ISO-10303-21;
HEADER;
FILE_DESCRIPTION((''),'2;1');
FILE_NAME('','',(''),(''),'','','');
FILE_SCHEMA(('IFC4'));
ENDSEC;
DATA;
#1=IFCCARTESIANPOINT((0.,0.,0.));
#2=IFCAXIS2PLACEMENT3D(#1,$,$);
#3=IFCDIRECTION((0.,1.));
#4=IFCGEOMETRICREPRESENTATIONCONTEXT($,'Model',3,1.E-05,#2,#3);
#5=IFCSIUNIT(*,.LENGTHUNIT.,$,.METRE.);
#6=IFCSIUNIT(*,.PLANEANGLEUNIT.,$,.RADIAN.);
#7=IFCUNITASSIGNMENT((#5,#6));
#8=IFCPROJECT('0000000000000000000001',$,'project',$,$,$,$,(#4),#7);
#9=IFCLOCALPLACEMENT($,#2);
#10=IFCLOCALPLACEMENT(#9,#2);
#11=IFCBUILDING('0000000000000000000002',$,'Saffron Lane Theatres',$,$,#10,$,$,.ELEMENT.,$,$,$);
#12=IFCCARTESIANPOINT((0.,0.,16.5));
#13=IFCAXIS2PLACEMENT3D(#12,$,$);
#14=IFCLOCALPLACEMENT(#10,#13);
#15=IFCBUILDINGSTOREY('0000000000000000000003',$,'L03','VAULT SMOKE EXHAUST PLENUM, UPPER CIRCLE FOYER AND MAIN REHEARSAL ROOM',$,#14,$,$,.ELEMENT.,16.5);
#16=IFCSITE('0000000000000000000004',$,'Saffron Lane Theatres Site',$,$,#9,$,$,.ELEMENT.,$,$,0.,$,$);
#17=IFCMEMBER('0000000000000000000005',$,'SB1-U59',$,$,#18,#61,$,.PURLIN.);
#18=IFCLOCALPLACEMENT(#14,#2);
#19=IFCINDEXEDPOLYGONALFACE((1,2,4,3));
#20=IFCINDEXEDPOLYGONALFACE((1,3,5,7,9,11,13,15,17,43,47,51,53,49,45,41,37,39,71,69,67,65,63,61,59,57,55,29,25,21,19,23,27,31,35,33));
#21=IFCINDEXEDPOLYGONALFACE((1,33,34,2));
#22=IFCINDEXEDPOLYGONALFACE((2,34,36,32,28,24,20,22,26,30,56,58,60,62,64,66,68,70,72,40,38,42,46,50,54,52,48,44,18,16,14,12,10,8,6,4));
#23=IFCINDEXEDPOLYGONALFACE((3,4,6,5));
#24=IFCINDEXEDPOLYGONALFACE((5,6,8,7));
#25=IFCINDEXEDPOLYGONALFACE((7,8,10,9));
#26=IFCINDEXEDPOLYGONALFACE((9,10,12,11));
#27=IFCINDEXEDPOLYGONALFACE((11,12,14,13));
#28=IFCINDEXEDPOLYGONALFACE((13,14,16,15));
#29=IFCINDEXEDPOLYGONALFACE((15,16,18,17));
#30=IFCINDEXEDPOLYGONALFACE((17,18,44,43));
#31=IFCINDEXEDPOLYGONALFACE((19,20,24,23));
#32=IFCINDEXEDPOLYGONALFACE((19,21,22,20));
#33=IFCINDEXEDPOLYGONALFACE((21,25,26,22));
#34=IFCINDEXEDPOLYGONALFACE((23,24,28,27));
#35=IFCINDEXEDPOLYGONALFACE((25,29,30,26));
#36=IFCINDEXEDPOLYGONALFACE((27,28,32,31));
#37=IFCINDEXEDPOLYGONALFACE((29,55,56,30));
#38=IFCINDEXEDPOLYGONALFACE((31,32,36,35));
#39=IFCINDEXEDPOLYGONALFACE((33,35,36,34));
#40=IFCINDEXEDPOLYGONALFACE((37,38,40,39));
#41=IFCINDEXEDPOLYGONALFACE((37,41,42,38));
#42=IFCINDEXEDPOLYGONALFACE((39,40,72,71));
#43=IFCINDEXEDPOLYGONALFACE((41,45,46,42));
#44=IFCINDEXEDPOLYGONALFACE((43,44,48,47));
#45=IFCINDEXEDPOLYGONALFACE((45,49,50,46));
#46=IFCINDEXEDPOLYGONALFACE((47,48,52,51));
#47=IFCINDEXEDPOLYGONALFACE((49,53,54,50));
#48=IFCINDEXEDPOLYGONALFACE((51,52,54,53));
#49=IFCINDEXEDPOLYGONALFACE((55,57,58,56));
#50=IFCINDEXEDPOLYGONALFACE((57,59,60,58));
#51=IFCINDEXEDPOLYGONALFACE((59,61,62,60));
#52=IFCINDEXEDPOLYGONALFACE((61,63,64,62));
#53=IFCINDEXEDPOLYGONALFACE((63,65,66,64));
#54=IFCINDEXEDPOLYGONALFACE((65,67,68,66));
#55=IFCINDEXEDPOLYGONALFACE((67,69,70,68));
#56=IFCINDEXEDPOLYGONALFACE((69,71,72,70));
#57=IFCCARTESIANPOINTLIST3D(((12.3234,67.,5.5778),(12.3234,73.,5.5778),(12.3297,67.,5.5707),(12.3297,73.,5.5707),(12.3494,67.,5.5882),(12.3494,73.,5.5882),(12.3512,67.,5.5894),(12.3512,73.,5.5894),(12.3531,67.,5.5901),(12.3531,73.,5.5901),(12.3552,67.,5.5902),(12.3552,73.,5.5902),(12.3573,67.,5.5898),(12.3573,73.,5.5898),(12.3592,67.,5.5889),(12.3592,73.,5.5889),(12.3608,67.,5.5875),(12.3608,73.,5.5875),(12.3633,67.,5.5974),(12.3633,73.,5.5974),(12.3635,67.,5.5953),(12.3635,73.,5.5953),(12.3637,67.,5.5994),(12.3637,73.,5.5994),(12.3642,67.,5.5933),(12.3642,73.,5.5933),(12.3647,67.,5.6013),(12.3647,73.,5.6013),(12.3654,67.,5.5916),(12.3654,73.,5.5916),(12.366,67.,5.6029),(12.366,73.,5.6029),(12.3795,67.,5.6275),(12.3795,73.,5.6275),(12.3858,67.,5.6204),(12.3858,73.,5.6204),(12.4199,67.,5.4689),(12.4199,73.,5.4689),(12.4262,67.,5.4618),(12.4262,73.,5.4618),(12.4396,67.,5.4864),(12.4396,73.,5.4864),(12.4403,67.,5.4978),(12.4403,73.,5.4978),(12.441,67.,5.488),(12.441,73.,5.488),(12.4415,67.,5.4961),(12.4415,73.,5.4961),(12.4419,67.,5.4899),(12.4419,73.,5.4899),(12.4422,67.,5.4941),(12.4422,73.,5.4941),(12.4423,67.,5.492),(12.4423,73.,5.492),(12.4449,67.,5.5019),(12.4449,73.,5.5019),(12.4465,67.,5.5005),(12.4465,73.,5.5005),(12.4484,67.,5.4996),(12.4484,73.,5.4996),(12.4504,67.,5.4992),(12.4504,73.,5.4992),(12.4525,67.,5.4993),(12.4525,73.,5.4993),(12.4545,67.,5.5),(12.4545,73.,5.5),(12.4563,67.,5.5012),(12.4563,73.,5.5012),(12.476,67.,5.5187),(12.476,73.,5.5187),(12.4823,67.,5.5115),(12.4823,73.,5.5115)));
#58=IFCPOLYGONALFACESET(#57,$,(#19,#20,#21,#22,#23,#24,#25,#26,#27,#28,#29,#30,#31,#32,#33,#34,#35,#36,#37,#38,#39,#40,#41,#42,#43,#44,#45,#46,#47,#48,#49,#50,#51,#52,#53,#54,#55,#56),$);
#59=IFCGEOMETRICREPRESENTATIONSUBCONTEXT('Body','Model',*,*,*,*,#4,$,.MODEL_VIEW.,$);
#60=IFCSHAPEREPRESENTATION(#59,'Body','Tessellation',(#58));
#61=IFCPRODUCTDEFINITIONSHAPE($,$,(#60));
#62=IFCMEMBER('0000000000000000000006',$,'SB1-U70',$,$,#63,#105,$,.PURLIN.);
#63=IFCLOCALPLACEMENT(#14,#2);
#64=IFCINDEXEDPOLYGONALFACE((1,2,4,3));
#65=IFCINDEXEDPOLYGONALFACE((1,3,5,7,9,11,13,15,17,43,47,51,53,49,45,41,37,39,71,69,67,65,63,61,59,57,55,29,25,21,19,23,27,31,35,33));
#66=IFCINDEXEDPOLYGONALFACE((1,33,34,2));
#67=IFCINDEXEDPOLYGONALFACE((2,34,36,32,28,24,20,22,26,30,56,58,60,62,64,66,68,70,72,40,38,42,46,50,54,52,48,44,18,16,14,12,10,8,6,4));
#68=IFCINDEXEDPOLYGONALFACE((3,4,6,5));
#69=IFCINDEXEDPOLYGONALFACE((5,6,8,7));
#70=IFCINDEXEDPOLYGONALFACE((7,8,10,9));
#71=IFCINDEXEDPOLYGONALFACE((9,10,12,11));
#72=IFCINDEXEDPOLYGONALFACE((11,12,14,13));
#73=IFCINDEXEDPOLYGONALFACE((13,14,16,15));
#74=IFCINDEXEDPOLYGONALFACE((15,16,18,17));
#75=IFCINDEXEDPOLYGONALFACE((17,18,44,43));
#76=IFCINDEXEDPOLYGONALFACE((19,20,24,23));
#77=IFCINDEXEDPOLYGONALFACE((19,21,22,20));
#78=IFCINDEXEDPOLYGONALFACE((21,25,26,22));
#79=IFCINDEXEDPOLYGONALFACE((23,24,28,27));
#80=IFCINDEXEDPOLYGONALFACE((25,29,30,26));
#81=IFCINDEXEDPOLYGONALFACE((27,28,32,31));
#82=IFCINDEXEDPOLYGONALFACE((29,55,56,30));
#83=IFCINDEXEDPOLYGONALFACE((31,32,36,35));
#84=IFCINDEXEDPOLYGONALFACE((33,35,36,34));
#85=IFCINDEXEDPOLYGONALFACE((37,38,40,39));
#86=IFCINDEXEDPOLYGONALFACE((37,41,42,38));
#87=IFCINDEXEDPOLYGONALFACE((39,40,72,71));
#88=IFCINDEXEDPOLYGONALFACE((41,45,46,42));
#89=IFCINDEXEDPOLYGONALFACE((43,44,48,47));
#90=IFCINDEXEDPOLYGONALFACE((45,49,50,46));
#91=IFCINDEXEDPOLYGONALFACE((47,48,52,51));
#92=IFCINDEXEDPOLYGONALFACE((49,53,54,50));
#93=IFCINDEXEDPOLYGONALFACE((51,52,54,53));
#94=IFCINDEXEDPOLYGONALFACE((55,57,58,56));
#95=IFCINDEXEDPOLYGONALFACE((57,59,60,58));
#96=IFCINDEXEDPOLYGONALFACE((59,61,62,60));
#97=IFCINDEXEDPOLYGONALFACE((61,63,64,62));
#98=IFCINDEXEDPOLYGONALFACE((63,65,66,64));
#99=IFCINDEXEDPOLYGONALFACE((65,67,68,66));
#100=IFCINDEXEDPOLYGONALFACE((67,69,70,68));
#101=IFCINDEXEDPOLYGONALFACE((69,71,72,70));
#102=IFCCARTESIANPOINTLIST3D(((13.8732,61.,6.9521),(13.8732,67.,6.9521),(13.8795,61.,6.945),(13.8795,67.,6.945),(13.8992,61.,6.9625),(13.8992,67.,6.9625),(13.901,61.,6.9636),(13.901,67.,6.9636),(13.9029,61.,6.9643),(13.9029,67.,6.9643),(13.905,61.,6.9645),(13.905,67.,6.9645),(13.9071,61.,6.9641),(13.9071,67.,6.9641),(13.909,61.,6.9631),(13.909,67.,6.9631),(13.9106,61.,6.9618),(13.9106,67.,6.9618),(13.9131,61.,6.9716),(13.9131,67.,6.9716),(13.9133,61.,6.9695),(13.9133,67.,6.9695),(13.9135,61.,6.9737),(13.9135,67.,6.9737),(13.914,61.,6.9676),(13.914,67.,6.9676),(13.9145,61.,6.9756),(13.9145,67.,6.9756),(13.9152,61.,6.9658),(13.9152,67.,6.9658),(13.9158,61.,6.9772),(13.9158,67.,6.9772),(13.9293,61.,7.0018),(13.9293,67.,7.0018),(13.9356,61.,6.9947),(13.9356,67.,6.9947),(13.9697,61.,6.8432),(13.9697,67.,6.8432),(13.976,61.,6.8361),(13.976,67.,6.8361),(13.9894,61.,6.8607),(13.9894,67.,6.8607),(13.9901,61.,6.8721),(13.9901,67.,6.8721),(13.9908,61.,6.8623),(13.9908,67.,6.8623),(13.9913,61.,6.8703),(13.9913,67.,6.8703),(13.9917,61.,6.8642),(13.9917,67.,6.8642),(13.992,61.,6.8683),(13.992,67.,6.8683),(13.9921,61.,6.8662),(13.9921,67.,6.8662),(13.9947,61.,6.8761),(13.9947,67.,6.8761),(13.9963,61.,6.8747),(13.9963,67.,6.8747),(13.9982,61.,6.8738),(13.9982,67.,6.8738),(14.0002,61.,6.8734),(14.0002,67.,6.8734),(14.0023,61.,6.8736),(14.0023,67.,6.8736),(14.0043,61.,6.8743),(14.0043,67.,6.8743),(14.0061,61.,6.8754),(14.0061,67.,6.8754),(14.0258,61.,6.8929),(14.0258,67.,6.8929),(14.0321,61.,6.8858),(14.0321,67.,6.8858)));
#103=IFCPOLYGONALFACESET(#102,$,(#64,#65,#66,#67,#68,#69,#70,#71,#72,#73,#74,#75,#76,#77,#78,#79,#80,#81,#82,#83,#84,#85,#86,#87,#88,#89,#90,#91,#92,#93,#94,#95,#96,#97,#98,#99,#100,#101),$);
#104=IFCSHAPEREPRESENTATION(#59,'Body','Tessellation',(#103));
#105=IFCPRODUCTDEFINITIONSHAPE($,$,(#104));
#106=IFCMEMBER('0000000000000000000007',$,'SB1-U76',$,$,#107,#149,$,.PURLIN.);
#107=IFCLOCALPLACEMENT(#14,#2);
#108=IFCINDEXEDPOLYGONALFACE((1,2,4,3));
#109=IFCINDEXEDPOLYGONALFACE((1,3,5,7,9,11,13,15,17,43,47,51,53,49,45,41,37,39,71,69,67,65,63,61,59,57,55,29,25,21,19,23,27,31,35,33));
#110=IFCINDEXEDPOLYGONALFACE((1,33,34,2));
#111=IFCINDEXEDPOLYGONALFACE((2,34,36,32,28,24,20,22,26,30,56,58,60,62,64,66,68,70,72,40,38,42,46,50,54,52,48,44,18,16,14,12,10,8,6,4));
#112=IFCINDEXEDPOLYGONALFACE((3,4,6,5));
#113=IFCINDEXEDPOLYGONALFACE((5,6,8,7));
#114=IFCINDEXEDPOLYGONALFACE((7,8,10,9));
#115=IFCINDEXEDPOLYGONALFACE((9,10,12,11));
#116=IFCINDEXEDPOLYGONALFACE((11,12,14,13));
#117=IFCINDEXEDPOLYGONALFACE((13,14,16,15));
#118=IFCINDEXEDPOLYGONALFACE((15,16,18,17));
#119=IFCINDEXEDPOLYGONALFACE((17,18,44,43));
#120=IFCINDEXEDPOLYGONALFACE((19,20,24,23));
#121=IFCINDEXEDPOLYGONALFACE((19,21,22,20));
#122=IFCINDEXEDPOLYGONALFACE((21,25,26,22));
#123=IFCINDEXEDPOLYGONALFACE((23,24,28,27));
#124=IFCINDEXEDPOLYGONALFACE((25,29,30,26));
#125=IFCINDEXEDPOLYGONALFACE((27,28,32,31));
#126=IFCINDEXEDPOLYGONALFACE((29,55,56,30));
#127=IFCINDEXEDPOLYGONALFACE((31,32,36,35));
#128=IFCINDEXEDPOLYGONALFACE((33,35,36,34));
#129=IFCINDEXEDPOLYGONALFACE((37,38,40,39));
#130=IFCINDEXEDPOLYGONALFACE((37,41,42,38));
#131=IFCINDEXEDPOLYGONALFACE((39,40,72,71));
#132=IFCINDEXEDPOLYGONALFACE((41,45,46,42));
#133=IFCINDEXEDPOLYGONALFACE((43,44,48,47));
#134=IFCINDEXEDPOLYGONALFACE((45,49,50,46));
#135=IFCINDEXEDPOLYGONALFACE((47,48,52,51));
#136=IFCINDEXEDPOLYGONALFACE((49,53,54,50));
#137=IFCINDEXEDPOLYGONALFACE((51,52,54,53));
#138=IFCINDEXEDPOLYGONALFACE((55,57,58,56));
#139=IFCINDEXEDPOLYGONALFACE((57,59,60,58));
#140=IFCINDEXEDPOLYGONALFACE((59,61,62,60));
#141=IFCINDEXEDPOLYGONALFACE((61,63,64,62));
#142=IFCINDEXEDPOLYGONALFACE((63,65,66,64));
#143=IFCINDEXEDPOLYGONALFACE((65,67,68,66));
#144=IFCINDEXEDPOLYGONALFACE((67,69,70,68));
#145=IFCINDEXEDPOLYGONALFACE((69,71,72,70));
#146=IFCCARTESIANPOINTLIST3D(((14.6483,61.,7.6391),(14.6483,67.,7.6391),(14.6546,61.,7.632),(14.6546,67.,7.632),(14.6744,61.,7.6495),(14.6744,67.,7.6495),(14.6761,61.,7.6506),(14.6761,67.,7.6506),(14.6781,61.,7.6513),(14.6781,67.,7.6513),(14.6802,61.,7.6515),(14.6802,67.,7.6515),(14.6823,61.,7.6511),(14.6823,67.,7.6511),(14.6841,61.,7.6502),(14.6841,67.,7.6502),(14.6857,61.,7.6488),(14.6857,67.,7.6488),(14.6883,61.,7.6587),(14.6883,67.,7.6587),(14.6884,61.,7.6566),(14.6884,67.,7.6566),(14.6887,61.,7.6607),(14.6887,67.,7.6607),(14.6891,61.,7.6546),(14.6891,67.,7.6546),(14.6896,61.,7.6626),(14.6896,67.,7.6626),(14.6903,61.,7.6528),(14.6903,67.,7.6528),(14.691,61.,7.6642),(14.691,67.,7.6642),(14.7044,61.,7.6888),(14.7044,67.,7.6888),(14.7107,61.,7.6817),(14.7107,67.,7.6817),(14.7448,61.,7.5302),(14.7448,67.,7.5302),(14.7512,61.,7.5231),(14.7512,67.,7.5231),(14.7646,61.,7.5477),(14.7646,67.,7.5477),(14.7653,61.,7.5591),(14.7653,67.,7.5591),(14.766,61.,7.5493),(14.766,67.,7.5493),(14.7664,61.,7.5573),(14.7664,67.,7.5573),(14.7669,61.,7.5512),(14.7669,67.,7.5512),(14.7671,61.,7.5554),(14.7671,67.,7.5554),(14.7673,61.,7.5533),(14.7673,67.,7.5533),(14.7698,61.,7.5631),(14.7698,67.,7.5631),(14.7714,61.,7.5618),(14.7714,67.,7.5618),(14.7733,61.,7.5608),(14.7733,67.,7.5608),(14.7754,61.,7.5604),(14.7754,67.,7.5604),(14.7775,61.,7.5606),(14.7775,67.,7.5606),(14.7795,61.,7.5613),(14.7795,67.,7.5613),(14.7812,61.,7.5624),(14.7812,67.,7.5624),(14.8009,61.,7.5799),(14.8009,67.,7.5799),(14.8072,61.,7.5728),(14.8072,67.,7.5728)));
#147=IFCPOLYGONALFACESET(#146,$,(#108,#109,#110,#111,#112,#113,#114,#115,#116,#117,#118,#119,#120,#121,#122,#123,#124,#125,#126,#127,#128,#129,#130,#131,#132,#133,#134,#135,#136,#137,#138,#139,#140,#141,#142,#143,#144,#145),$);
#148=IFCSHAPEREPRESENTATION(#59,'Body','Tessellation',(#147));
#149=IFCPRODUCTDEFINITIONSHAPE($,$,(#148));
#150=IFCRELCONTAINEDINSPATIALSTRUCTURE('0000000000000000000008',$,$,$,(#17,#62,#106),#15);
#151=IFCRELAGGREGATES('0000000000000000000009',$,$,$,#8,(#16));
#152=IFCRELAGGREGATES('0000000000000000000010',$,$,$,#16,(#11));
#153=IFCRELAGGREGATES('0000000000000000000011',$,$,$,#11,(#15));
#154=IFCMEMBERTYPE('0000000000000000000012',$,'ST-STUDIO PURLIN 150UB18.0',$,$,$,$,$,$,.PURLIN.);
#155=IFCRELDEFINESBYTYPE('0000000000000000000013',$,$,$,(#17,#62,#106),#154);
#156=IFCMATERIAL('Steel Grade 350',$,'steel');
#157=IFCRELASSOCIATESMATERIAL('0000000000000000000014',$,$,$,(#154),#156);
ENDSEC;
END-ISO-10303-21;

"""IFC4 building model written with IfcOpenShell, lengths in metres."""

from ifc_helpers import new_model, si_unit, direction, frame, origin, origin_2d, place, context, subcontext, project, spatial, i_section, extrude, material, material_profile, profile_set, type_object, element, save


model = new_model("IFC4")

# Units and contexts
model_context = context("Model", 3, precision=1e-05, world=origin(), true_north=direction((0.0, 1.0)))
body_context = subcontext(model_context, "Body", "Model", "MODEL_VIEW")
ifc_project = project(units=[si_unit("LENGTHUNIT", "METRE"), si_unit("PLANEANGLEUNIT", "RADIAN")], contexts=[model_context])

# Site, building, storey
site_placement = place(None, origin())
site = spatial("IfcSite", under=ifc_project, at=site_placement, Name="Saffron Lane Theatres Site", CompositionType="ELEMENT", RefElevation=0.0)
building_placement = place(site_placement, origin())
building = spatial("IfcBuilding", under=site, at=building_placement, Name="Saffron Lane Theatres", CompositionType="ELEMENT")
storey_placement = place(building_placement, frame((0.0, 0.0, 16.5)))
storey = spatial("IfcBuildingStorey", under=building, at=storey_placement, Name="L03", Description="VAULT SMOKE EXHAUST PLENUM, UPPER CIRCLE FOYER AND MAIN REHEARSAL ROOM", CompositionType="ELEMENT", Elevation=16.5)

# Members
ifc_material_1 = material(Name="Steel Grade 350", Category="steel")
ifc_material_profile_1 = material_profile(ifc_material_1, i_section(OverallWidth=0.075, OverallDepth=0.155, WebThickness=0.0061, FlangeThickness=0.0095, FilletRadius=0.0081, at=origin_2d()))
ifc_profile_set_1 = profile_set([ifc_material_profile_1], Name="Steel Grade 350")
member_type_1 = type_object("IfcMemberType", Name="ST-STUDIO PURLIN 150UB18.0", PredefinedType="PURLIN", material=ifc_profile_set_1)
for number, where, z_axis, x_axis, name in (
    (1, (12.4028, 67.0, 5.5447), (0.0, 1.0, 0.0), (-0.748269, 0.0, -0.663396), "SB1-U59"),
    (2, (13.9526, 61.0, 6.9189), (0.0, 1.0, 0.0), (-0.748269, 0.0, -0.663396), "SB1-U70"),
    (3, (14.7278, 61.0, 7.606), (0.0, 1.0, 0.0), (-0.748269, 0.0, -0.663396), "SB1-U76"),
):
    element("IfcMember", number, at=place(storey_placement, frame(where, z_axis=z_axis, x_axis=x_axis)), inside=storey, type_object=member_type_1, Name=name, PredefinedType="PURLIN", context=body_context, shape_type="SweptSolid", body=[
        extrude(i_section(OverallWidth=0.075, OverallDepth=0.155, WebThickness=0.0061, FlangeThickness=0.0095, FilletRadius=0.0081, at=origin_2d()), origin(), (0.0, 0.0, 1.0), 6.0),
    ])

save(model, "model.ifc")
